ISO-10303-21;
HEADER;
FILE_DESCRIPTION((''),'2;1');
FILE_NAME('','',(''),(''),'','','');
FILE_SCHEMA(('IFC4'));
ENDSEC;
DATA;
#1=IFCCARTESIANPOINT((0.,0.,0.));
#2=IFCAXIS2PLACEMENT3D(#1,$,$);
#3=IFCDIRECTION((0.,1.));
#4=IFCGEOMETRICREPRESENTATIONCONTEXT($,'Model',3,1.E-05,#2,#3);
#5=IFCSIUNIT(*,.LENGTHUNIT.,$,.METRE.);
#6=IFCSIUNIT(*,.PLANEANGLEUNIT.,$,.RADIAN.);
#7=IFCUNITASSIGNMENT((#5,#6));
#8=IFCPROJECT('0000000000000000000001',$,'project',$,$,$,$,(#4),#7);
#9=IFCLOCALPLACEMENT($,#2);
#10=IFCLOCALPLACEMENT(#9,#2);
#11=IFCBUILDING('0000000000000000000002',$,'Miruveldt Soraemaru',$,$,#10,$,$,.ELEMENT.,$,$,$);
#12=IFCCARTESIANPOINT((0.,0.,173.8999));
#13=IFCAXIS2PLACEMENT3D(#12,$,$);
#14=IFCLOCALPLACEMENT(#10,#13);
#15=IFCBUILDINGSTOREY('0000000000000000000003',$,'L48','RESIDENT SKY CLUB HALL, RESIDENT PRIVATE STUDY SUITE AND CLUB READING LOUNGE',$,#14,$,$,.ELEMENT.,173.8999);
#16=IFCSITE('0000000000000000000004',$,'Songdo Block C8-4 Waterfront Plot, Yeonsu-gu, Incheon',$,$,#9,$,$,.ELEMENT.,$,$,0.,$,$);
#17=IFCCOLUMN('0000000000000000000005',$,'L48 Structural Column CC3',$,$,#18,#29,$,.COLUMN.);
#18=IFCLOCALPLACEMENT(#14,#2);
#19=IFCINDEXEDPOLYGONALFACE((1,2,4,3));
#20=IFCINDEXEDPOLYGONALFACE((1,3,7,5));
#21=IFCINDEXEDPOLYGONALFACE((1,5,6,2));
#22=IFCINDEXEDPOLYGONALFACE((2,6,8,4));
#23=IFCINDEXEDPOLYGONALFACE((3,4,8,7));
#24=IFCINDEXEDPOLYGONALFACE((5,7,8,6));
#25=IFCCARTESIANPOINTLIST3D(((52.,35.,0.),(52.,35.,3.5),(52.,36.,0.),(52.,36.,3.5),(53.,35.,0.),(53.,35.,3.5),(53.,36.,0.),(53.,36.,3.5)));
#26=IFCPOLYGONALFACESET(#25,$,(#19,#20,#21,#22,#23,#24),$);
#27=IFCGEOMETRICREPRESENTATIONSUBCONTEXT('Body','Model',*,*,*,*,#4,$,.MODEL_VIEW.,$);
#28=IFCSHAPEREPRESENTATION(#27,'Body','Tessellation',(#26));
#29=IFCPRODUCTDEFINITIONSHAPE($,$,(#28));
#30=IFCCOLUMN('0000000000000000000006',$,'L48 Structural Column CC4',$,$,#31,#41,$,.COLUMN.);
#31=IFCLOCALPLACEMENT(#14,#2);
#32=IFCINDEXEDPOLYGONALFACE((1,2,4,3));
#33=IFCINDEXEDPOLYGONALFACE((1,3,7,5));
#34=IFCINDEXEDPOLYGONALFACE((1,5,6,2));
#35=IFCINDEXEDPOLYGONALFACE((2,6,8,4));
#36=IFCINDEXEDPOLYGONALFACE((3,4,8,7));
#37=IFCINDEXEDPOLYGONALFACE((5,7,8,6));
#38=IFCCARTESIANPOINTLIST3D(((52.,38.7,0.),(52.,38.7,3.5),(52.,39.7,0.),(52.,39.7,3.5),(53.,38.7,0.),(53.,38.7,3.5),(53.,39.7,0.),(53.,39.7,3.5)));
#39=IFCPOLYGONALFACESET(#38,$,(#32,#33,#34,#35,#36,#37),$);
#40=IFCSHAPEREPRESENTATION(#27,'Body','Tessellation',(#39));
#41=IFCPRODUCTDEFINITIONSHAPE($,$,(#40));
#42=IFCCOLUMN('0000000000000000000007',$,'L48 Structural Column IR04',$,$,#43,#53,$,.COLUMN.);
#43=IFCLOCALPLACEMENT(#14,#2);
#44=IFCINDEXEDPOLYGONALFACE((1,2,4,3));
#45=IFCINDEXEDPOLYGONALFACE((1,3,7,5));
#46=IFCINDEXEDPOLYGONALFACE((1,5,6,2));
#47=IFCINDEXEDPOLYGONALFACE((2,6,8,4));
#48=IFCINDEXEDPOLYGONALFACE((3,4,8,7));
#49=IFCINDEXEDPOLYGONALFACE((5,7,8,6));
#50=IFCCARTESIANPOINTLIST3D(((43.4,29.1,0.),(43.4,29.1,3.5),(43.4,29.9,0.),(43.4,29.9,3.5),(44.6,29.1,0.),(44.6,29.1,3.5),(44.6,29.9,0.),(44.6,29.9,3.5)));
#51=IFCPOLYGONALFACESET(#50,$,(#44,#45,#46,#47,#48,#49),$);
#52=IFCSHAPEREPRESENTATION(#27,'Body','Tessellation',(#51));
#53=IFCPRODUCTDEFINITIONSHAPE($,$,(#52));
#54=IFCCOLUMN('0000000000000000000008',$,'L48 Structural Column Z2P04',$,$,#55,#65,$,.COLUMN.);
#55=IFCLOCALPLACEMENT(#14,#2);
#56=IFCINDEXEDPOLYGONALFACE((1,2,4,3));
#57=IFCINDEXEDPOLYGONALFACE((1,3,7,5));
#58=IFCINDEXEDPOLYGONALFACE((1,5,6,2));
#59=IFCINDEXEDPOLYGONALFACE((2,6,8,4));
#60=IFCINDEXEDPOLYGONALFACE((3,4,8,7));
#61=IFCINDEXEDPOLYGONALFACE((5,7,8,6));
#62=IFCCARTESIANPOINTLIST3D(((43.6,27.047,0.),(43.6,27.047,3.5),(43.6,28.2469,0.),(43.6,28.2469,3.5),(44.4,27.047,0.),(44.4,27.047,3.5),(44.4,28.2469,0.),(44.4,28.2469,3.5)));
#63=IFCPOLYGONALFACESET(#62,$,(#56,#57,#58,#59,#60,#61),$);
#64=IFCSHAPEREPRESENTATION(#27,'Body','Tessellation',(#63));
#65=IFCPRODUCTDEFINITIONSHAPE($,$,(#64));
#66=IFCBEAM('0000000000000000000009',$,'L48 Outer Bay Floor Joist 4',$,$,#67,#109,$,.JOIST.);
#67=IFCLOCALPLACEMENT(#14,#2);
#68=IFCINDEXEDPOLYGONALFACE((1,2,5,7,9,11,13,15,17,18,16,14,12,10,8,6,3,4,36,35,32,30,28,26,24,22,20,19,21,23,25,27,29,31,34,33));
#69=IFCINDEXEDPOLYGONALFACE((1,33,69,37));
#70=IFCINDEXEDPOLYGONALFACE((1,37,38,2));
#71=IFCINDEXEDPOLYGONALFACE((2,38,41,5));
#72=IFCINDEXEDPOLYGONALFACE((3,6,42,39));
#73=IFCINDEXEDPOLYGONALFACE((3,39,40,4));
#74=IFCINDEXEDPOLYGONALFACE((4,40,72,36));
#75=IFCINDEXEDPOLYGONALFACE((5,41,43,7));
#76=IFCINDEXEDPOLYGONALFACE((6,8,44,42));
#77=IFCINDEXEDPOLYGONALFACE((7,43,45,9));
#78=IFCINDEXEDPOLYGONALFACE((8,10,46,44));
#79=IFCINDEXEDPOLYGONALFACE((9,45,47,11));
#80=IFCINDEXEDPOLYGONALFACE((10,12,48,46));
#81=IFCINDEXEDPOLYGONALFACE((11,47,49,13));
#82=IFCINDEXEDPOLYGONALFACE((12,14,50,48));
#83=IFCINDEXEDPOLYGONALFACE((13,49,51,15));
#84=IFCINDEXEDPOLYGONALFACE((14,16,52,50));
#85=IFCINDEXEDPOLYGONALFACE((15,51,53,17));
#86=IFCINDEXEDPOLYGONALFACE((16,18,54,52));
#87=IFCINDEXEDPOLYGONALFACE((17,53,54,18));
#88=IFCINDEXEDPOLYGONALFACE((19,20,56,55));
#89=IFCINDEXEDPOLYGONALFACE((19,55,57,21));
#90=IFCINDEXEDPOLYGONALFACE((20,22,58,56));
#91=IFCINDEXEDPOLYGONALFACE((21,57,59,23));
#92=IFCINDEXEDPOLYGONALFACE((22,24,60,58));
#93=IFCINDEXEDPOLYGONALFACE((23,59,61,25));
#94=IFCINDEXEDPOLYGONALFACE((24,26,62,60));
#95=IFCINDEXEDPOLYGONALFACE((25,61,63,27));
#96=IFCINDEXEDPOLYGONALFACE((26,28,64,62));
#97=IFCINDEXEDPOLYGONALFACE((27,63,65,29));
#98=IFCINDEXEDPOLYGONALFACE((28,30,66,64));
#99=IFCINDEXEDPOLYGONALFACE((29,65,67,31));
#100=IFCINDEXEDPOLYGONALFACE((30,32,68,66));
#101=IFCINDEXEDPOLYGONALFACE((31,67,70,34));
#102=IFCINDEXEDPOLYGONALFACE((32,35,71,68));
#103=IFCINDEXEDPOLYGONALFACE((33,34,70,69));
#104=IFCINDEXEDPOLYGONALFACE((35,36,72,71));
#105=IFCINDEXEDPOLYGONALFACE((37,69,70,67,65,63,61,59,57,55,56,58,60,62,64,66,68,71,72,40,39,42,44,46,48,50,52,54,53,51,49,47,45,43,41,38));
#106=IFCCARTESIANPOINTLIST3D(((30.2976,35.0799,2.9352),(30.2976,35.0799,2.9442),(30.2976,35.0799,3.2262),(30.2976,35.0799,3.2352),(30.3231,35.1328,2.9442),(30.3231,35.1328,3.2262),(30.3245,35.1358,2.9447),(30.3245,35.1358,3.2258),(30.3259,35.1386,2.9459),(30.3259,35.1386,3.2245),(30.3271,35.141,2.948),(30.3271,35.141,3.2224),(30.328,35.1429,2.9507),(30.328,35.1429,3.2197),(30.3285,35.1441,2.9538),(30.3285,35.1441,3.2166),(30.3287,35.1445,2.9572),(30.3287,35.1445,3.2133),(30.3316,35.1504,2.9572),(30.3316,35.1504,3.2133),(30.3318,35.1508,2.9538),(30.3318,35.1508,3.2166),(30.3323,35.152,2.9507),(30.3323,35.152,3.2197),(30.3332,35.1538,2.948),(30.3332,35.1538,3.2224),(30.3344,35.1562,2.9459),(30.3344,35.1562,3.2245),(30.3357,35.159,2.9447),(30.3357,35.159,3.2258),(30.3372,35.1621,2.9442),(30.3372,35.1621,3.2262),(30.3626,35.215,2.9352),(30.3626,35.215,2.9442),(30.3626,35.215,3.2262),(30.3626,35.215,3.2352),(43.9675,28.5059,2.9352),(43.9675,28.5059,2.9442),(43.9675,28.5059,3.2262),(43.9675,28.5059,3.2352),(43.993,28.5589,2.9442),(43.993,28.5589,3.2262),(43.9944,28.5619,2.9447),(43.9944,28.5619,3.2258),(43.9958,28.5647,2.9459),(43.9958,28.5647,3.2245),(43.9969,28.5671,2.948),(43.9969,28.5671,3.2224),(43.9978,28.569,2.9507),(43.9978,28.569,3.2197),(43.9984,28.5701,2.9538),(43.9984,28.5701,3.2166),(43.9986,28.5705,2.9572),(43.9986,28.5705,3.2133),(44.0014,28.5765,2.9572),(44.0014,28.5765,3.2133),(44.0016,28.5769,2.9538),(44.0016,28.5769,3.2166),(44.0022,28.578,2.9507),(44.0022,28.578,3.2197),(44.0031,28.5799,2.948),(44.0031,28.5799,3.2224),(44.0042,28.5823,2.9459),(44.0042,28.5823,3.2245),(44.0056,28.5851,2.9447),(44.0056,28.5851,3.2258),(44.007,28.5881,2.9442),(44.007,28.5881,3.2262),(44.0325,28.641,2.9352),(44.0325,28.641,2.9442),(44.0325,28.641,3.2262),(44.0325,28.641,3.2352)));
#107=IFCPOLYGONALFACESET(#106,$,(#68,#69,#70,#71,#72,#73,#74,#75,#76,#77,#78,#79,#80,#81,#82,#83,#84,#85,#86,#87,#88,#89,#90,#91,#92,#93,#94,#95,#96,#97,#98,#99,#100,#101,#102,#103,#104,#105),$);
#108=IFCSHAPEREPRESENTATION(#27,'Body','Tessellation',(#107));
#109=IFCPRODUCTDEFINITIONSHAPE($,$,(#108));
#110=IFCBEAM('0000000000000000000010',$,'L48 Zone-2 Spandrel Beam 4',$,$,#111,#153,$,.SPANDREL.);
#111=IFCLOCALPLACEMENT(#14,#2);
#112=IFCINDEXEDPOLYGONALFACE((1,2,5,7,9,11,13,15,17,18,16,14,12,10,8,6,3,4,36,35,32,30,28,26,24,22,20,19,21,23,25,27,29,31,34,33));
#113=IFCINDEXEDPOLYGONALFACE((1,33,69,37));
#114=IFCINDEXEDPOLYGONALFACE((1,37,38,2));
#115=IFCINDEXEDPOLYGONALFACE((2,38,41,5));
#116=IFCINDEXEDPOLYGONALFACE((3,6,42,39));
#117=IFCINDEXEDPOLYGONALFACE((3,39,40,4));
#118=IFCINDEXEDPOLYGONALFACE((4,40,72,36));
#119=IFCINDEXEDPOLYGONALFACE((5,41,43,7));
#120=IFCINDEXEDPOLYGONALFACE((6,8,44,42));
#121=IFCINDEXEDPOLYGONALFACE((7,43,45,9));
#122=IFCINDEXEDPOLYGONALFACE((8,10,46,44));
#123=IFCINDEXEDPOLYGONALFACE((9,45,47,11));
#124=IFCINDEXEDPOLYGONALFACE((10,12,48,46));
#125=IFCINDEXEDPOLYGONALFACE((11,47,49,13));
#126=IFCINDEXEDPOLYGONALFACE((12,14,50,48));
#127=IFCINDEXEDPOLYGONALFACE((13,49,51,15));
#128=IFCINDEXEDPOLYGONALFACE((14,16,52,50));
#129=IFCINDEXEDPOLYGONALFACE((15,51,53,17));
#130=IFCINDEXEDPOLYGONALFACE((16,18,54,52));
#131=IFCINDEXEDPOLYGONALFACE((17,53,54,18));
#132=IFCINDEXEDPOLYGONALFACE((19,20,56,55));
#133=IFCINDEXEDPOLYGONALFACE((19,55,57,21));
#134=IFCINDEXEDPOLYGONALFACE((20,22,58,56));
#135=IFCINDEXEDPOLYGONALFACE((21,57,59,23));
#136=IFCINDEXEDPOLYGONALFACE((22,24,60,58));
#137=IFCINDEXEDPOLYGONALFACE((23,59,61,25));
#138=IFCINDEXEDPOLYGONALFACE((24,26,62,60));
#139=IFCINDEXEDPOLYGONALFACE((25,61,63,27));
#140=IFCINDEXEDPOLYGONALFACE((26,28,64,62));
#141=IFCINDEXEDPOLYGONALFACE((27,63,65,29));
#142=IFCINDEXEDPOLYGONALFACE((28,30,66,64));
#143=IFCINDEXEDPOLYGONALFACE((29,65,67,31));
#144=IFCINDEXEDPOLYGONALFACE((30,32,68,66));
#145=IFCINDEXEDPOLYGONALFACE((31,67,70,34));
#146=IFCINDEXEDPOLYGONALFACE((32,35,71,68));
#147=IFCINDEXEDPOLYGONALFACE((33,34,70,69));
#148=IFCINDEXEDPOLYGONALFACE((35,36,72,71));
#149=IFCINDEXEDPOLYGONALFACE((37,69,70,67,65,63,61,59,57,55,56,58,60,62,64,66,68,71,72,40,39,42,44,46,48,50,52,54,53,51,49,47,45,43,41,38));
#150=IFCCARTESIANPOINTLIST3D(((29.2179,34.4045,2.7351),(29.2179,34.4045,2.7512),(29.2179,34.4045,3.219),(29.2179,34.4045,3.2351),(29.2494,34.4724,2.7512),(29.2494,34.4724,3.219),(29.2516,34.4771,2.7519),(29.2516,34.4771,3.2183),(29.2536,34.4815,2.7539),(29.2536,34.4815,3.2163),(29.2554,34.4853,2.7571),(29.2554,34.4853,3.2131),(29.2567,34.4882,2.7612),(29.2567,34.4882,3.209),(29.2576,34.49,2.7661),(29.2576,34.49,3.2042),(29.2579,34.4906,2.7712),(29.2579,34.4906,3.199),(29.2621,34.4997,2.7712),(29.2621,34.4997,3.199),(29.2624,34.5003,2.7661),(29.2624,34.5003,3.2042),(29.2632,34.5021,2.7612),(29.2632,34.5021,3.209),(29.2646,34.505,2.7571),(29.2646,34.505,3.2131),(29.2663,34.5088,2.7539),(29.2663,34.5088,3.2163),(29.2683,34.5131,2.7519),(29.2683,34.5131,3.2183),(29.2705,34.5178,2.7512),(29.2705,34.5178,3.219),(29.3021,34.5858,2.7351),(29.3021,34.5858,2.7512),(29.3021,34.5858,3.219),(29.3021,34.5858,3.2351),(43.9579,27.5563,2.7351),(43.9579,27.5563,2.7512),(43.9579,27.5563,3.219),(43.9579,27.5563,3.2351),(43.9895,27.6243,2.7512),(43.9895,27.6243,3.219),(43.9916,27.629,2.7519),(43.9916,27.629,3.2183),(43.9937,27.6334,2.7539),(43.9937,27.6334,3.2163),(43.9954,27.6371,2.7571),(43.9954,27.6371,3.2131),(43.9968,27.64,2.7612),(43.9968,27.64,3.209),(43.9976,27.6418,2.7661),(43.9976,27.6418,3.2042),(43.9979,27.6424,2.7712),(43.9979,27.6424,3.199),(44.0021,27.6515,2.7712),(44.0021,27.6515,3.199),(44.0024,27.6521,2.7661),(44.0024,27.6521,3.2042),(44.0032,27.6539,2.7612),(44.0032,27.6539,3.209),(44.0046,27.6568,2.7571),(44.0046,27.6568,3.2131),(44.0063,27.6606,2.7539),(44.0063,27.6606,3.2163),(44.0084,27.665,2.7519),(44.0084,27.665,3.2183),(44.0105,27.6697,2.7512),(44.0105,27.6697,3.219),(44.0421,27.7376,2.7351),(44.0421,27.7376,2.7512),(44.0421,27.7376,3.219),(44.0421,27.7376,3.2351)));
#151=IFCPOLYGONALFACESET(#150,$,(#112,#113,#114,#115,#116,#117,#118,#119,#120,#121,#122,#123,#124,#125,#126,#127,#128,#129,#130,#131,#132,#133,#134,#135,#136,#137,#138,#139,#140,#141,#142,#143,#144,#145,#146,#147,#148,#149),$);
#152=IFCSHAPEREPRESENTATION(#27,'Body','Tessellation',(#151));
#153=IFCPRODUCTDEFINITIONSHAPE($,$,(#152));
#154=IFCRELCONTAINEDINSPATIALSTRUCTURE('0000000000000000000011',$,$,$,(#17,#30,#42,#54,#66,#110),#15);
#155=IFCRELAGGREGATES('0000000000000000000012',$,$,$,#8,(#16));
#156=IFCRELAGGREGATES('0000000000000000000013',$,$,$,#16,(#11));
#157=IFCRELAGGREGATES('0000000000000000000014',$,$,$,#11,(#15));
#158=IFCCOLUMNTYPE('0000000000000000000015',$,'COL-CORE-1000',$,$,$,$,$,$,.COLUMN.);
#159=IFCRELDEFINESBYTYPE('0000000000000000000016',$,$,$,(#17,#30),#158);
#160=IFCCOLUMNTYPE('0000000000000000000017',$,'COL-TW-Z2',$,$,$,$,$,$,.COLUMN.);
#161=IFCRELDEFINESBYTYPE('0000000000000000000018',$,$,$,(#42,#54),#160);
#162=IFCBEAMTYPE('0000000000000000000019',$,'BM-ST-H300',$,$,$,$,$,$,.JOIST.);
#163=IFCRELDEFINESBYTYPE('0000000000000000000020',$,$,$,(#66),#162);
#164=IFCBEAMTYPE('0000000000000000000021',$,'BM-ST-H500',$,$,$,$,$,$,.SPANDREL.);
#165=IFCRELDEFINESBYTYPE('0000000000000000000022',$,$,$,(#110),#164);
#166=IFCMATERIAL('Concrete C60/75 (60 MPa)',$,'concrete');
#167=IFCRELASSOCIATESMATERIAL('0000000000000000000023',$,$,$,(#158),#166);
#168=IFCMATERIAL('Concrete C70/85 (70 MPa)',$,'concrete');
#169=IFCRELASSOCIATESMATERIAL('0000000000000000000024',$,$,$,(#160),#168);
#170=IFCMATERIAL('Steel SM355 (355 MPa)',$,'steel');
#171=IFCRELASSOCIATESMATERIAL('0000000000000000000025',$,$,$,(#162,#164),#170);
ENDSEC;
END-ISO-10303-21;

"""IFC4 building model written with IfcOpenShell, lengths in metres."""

from ifc_helpers import new_model, si_unit, direction, frame, origin, origin_2d, place, context, subcontext, project, spatial, rectangle, i_section, extrude, material, material_profile, profile_set, type_object, element, save


model = new_model("IFC4")

# Units and contexts
model_context = context("Model", 3, precision=1e-05, world=origin(), true_north=direction((0.0, 1.0)))
body_context = subcontext(model_context, "Body", "Model", "MODEL_VIEW")
ifc_project = project(units=[si_unit("LENGTHUNIT", "METRE"), si_unit("PLANEANGLEUNIT", "RADIAN")], contexts=[model_context])

# Site, building, storey
site_placement = place(None, origin())
site = spatial("IfcSite", under=ifc_project, at=site_placement, Name="Songdo Block C8-4 Waterfront Plot, Yeonsu-gu, Incheon", CompositionType="ELEMENT", RefElevation=0.0)
building_placement = place(site_placement, origin())
building = spatial("IfcBuilding", under=site, at=building_placement, Name="Miruveldt Soraemaru", CompositionType="ELEMENT")
storey_placement = place(building_placement, frame((0.0, 0.0, 173.8999)))
storey = spatial("IfcBuildingStorey", under=building, at=storey_placement, Name="L48", Description="RESIDENT SKY CLUB HALL, RESIDENT PRIVATE STUDY SUITE AND CLUB READING LOUNGE", CompositionType="ELEMENT", Elevation=173.8999)

# Columns
ifc_material_1 = material(Name="Concrete C60/75 (60 MPa)", Category="concrete")
ifc_material_profile_1 = material_profile(ifc_material_1, rectangle(XDim=1.0, YDim=1.0, at=origin_2d()), Name="Concrete C60/75 (60 MPa)", Category="concrete")
ifc_profile_set_1 = profile_set([ifc_material_profile_1], Name="Concrete C60/75 (60 MPa)")
column_type_1 = type_object("IfcColumnType", Name="COL-CORE-1000", PredefinedType="COLUMN", material=ifc_profile_set_1)
for number, where, z_axis, x_axis, name in (
    (1, (52.5, 35.5, 0.0), (0.0, 0.0, 1.0), (1.0, 0.0, 0.0), "L48 Structural Column CC3"),
    (2, (52.5, 39.2, 0.0), (0.0, 0.0, 1.0), (1.0, 0.0, 0.0), "L48 Structural Column CC4"),
):
    element("IfcColumn", number, at=place(storey_placement, frame(where, z_axis=z_axis, x_axis=x_axis)), inside=storey, type_object=column_type_1, Name=name, PredefinedType="COLUMN", context=body_context, shape_type="SweptSolid", body=[
        extrude(rectangle(XDim=1.0, YDim=1.0, at=origin_2d()), origin(), (0.0, 0.0, 1.0), 3.5),
    ])
ifc_material_2 = material(Name="Concrete C70/85 (70 MPa)", Category="concrete")
ifc_material_profile_2 = material_profile(ifc_material_2, rectangle(XDim=1.2, YDim=0.8, at=origin_2d()), Name="Concrete C70/85 (70 MPa)", Category="concrete")
ifc_profile_set_2 = profile_set([ifc_material_profile_2], Name="Concrete C70/85 (70 MPa)")
column_type_2 = type_object("IfcColumnType", Name="COL-TW-Z2", PredefinedType="COLUMN", material=ifc_profile_set_2)
for number, where, z_axis, x_axis, name in (
    (3, (44.0, 29.5, 0.0), (0.0, 0.0, 1.0), (1.0, 0.0, 0.0), "L48 Structural Column IR04"),
    (4, (44.0, 27.647, 0.0), (0.0, 0.0, 1.0), (0.0, 1.0, 0.0), "L48 Structural Column Z2P04"),
):
    element("IfcColumn", number, at=place(storey_placement, frame(where, z_axis=z_axis, x_axis=x_axis)), inside=storey, type_object=column_type_2, Name=name, PredefinedType="COLUMN", context=body_context, shape_type="SweptSolid", body=[
        extrude(rectangle(XDim=1.2, YDim=0.8, at=origin_2d()), origin(), (0.0, 0.0, 1.0), 3.5),
    ])

# Beams
ifc_material_3 = material(Name="Steel SM355 (355 MPa)", Category="steel")
ifc_material_profile_3 = material_profile(ifc_material_3, i_section(OverallWidth=0.1499, OverallDepth=0.3, WebThickness=0.0066, FlangeThickness=0.009, FilletRadius=0.0129, at=origin_2d()), Name="Steel SM355 (355 MPa)", Category="steel")
ifc_profile_set_3 = profile_set([ifc_material_profile_3], Name="Steel SM355 (355 MPa)")
beam_type_1 = type_object("IfcBeamType", Name="BM-ST-H300", PredefinedType="JOIST", material=ifc_profile_set_3)
beam_1_placement = place(storey_placement, frame((44.0, 28.5735, 3.0852), z_axis=(-0.901204, 0.433396, 0.0), x_axis=(-0.433396, -0.901204, 0.0)))
element("IfcBeam", 5, at=beam_1_placement, inside=storey, type_object=beam_type_1, Name="L48 Outer Bay Floor Joist 4", PredefinedType="JOIST", context=body_context, shape_type="SweptSolid", body=[
    extrude(i_section(OverallWidth=0.1499, OverallDepth=0.3, WebThickness=0.0066, FlangeThickness=0.009, FilletRadius=0.0129, at=origin_2d()), origin(), (0.0, 0.0, 1.0), 15.1685),
])
ifc_material_profile_4 = material_profile(ifc_material_3, i_section(OverallWidth=0.2, OverallDepth=0.5, WebThickness=0.01, FlangeThickness=0.0161, FilletRadius=0.02, at=origin_2d()), Name="Steel SM355 (355 MPa)", Category="steel")
ifc_profile_set_4 = profile_set([ifc_material_profile_4], Name="Steel SM355 (355 MPa)")
beam_type_2 = type_object("IfcBeamType", Name="BM-ST-H500", PredefinedType="SPANDREL", material=ifc_profile_set_4)
beam_2_placement = place(storey_placement, frame((44.0, 27.647, 2.9851), z_axis=(-0.906901, 0.421343, 0.0), x_axis=(-0.421343, -0.906901, 0.0)))
element("IfcBeam", 6, at=beam_2_placement, inside=storey, type_object=beam_type_2, Name="L48 Zone-2 Spandrel Beam 4", PredefinedType="SPANDREL", context=body_context, shape_type="SweptSolid", body=[
    extrude(i_section(OverallWidth=0.2, OverallDepth=0.5, WebThickness=0.01, FlangeThickness=0.0161, FilletRadius=0.02, at=origin_2d()), origin(), (0.0, 0.0, 1.0), 16.2532),
])

save(model, "model.ifc")
